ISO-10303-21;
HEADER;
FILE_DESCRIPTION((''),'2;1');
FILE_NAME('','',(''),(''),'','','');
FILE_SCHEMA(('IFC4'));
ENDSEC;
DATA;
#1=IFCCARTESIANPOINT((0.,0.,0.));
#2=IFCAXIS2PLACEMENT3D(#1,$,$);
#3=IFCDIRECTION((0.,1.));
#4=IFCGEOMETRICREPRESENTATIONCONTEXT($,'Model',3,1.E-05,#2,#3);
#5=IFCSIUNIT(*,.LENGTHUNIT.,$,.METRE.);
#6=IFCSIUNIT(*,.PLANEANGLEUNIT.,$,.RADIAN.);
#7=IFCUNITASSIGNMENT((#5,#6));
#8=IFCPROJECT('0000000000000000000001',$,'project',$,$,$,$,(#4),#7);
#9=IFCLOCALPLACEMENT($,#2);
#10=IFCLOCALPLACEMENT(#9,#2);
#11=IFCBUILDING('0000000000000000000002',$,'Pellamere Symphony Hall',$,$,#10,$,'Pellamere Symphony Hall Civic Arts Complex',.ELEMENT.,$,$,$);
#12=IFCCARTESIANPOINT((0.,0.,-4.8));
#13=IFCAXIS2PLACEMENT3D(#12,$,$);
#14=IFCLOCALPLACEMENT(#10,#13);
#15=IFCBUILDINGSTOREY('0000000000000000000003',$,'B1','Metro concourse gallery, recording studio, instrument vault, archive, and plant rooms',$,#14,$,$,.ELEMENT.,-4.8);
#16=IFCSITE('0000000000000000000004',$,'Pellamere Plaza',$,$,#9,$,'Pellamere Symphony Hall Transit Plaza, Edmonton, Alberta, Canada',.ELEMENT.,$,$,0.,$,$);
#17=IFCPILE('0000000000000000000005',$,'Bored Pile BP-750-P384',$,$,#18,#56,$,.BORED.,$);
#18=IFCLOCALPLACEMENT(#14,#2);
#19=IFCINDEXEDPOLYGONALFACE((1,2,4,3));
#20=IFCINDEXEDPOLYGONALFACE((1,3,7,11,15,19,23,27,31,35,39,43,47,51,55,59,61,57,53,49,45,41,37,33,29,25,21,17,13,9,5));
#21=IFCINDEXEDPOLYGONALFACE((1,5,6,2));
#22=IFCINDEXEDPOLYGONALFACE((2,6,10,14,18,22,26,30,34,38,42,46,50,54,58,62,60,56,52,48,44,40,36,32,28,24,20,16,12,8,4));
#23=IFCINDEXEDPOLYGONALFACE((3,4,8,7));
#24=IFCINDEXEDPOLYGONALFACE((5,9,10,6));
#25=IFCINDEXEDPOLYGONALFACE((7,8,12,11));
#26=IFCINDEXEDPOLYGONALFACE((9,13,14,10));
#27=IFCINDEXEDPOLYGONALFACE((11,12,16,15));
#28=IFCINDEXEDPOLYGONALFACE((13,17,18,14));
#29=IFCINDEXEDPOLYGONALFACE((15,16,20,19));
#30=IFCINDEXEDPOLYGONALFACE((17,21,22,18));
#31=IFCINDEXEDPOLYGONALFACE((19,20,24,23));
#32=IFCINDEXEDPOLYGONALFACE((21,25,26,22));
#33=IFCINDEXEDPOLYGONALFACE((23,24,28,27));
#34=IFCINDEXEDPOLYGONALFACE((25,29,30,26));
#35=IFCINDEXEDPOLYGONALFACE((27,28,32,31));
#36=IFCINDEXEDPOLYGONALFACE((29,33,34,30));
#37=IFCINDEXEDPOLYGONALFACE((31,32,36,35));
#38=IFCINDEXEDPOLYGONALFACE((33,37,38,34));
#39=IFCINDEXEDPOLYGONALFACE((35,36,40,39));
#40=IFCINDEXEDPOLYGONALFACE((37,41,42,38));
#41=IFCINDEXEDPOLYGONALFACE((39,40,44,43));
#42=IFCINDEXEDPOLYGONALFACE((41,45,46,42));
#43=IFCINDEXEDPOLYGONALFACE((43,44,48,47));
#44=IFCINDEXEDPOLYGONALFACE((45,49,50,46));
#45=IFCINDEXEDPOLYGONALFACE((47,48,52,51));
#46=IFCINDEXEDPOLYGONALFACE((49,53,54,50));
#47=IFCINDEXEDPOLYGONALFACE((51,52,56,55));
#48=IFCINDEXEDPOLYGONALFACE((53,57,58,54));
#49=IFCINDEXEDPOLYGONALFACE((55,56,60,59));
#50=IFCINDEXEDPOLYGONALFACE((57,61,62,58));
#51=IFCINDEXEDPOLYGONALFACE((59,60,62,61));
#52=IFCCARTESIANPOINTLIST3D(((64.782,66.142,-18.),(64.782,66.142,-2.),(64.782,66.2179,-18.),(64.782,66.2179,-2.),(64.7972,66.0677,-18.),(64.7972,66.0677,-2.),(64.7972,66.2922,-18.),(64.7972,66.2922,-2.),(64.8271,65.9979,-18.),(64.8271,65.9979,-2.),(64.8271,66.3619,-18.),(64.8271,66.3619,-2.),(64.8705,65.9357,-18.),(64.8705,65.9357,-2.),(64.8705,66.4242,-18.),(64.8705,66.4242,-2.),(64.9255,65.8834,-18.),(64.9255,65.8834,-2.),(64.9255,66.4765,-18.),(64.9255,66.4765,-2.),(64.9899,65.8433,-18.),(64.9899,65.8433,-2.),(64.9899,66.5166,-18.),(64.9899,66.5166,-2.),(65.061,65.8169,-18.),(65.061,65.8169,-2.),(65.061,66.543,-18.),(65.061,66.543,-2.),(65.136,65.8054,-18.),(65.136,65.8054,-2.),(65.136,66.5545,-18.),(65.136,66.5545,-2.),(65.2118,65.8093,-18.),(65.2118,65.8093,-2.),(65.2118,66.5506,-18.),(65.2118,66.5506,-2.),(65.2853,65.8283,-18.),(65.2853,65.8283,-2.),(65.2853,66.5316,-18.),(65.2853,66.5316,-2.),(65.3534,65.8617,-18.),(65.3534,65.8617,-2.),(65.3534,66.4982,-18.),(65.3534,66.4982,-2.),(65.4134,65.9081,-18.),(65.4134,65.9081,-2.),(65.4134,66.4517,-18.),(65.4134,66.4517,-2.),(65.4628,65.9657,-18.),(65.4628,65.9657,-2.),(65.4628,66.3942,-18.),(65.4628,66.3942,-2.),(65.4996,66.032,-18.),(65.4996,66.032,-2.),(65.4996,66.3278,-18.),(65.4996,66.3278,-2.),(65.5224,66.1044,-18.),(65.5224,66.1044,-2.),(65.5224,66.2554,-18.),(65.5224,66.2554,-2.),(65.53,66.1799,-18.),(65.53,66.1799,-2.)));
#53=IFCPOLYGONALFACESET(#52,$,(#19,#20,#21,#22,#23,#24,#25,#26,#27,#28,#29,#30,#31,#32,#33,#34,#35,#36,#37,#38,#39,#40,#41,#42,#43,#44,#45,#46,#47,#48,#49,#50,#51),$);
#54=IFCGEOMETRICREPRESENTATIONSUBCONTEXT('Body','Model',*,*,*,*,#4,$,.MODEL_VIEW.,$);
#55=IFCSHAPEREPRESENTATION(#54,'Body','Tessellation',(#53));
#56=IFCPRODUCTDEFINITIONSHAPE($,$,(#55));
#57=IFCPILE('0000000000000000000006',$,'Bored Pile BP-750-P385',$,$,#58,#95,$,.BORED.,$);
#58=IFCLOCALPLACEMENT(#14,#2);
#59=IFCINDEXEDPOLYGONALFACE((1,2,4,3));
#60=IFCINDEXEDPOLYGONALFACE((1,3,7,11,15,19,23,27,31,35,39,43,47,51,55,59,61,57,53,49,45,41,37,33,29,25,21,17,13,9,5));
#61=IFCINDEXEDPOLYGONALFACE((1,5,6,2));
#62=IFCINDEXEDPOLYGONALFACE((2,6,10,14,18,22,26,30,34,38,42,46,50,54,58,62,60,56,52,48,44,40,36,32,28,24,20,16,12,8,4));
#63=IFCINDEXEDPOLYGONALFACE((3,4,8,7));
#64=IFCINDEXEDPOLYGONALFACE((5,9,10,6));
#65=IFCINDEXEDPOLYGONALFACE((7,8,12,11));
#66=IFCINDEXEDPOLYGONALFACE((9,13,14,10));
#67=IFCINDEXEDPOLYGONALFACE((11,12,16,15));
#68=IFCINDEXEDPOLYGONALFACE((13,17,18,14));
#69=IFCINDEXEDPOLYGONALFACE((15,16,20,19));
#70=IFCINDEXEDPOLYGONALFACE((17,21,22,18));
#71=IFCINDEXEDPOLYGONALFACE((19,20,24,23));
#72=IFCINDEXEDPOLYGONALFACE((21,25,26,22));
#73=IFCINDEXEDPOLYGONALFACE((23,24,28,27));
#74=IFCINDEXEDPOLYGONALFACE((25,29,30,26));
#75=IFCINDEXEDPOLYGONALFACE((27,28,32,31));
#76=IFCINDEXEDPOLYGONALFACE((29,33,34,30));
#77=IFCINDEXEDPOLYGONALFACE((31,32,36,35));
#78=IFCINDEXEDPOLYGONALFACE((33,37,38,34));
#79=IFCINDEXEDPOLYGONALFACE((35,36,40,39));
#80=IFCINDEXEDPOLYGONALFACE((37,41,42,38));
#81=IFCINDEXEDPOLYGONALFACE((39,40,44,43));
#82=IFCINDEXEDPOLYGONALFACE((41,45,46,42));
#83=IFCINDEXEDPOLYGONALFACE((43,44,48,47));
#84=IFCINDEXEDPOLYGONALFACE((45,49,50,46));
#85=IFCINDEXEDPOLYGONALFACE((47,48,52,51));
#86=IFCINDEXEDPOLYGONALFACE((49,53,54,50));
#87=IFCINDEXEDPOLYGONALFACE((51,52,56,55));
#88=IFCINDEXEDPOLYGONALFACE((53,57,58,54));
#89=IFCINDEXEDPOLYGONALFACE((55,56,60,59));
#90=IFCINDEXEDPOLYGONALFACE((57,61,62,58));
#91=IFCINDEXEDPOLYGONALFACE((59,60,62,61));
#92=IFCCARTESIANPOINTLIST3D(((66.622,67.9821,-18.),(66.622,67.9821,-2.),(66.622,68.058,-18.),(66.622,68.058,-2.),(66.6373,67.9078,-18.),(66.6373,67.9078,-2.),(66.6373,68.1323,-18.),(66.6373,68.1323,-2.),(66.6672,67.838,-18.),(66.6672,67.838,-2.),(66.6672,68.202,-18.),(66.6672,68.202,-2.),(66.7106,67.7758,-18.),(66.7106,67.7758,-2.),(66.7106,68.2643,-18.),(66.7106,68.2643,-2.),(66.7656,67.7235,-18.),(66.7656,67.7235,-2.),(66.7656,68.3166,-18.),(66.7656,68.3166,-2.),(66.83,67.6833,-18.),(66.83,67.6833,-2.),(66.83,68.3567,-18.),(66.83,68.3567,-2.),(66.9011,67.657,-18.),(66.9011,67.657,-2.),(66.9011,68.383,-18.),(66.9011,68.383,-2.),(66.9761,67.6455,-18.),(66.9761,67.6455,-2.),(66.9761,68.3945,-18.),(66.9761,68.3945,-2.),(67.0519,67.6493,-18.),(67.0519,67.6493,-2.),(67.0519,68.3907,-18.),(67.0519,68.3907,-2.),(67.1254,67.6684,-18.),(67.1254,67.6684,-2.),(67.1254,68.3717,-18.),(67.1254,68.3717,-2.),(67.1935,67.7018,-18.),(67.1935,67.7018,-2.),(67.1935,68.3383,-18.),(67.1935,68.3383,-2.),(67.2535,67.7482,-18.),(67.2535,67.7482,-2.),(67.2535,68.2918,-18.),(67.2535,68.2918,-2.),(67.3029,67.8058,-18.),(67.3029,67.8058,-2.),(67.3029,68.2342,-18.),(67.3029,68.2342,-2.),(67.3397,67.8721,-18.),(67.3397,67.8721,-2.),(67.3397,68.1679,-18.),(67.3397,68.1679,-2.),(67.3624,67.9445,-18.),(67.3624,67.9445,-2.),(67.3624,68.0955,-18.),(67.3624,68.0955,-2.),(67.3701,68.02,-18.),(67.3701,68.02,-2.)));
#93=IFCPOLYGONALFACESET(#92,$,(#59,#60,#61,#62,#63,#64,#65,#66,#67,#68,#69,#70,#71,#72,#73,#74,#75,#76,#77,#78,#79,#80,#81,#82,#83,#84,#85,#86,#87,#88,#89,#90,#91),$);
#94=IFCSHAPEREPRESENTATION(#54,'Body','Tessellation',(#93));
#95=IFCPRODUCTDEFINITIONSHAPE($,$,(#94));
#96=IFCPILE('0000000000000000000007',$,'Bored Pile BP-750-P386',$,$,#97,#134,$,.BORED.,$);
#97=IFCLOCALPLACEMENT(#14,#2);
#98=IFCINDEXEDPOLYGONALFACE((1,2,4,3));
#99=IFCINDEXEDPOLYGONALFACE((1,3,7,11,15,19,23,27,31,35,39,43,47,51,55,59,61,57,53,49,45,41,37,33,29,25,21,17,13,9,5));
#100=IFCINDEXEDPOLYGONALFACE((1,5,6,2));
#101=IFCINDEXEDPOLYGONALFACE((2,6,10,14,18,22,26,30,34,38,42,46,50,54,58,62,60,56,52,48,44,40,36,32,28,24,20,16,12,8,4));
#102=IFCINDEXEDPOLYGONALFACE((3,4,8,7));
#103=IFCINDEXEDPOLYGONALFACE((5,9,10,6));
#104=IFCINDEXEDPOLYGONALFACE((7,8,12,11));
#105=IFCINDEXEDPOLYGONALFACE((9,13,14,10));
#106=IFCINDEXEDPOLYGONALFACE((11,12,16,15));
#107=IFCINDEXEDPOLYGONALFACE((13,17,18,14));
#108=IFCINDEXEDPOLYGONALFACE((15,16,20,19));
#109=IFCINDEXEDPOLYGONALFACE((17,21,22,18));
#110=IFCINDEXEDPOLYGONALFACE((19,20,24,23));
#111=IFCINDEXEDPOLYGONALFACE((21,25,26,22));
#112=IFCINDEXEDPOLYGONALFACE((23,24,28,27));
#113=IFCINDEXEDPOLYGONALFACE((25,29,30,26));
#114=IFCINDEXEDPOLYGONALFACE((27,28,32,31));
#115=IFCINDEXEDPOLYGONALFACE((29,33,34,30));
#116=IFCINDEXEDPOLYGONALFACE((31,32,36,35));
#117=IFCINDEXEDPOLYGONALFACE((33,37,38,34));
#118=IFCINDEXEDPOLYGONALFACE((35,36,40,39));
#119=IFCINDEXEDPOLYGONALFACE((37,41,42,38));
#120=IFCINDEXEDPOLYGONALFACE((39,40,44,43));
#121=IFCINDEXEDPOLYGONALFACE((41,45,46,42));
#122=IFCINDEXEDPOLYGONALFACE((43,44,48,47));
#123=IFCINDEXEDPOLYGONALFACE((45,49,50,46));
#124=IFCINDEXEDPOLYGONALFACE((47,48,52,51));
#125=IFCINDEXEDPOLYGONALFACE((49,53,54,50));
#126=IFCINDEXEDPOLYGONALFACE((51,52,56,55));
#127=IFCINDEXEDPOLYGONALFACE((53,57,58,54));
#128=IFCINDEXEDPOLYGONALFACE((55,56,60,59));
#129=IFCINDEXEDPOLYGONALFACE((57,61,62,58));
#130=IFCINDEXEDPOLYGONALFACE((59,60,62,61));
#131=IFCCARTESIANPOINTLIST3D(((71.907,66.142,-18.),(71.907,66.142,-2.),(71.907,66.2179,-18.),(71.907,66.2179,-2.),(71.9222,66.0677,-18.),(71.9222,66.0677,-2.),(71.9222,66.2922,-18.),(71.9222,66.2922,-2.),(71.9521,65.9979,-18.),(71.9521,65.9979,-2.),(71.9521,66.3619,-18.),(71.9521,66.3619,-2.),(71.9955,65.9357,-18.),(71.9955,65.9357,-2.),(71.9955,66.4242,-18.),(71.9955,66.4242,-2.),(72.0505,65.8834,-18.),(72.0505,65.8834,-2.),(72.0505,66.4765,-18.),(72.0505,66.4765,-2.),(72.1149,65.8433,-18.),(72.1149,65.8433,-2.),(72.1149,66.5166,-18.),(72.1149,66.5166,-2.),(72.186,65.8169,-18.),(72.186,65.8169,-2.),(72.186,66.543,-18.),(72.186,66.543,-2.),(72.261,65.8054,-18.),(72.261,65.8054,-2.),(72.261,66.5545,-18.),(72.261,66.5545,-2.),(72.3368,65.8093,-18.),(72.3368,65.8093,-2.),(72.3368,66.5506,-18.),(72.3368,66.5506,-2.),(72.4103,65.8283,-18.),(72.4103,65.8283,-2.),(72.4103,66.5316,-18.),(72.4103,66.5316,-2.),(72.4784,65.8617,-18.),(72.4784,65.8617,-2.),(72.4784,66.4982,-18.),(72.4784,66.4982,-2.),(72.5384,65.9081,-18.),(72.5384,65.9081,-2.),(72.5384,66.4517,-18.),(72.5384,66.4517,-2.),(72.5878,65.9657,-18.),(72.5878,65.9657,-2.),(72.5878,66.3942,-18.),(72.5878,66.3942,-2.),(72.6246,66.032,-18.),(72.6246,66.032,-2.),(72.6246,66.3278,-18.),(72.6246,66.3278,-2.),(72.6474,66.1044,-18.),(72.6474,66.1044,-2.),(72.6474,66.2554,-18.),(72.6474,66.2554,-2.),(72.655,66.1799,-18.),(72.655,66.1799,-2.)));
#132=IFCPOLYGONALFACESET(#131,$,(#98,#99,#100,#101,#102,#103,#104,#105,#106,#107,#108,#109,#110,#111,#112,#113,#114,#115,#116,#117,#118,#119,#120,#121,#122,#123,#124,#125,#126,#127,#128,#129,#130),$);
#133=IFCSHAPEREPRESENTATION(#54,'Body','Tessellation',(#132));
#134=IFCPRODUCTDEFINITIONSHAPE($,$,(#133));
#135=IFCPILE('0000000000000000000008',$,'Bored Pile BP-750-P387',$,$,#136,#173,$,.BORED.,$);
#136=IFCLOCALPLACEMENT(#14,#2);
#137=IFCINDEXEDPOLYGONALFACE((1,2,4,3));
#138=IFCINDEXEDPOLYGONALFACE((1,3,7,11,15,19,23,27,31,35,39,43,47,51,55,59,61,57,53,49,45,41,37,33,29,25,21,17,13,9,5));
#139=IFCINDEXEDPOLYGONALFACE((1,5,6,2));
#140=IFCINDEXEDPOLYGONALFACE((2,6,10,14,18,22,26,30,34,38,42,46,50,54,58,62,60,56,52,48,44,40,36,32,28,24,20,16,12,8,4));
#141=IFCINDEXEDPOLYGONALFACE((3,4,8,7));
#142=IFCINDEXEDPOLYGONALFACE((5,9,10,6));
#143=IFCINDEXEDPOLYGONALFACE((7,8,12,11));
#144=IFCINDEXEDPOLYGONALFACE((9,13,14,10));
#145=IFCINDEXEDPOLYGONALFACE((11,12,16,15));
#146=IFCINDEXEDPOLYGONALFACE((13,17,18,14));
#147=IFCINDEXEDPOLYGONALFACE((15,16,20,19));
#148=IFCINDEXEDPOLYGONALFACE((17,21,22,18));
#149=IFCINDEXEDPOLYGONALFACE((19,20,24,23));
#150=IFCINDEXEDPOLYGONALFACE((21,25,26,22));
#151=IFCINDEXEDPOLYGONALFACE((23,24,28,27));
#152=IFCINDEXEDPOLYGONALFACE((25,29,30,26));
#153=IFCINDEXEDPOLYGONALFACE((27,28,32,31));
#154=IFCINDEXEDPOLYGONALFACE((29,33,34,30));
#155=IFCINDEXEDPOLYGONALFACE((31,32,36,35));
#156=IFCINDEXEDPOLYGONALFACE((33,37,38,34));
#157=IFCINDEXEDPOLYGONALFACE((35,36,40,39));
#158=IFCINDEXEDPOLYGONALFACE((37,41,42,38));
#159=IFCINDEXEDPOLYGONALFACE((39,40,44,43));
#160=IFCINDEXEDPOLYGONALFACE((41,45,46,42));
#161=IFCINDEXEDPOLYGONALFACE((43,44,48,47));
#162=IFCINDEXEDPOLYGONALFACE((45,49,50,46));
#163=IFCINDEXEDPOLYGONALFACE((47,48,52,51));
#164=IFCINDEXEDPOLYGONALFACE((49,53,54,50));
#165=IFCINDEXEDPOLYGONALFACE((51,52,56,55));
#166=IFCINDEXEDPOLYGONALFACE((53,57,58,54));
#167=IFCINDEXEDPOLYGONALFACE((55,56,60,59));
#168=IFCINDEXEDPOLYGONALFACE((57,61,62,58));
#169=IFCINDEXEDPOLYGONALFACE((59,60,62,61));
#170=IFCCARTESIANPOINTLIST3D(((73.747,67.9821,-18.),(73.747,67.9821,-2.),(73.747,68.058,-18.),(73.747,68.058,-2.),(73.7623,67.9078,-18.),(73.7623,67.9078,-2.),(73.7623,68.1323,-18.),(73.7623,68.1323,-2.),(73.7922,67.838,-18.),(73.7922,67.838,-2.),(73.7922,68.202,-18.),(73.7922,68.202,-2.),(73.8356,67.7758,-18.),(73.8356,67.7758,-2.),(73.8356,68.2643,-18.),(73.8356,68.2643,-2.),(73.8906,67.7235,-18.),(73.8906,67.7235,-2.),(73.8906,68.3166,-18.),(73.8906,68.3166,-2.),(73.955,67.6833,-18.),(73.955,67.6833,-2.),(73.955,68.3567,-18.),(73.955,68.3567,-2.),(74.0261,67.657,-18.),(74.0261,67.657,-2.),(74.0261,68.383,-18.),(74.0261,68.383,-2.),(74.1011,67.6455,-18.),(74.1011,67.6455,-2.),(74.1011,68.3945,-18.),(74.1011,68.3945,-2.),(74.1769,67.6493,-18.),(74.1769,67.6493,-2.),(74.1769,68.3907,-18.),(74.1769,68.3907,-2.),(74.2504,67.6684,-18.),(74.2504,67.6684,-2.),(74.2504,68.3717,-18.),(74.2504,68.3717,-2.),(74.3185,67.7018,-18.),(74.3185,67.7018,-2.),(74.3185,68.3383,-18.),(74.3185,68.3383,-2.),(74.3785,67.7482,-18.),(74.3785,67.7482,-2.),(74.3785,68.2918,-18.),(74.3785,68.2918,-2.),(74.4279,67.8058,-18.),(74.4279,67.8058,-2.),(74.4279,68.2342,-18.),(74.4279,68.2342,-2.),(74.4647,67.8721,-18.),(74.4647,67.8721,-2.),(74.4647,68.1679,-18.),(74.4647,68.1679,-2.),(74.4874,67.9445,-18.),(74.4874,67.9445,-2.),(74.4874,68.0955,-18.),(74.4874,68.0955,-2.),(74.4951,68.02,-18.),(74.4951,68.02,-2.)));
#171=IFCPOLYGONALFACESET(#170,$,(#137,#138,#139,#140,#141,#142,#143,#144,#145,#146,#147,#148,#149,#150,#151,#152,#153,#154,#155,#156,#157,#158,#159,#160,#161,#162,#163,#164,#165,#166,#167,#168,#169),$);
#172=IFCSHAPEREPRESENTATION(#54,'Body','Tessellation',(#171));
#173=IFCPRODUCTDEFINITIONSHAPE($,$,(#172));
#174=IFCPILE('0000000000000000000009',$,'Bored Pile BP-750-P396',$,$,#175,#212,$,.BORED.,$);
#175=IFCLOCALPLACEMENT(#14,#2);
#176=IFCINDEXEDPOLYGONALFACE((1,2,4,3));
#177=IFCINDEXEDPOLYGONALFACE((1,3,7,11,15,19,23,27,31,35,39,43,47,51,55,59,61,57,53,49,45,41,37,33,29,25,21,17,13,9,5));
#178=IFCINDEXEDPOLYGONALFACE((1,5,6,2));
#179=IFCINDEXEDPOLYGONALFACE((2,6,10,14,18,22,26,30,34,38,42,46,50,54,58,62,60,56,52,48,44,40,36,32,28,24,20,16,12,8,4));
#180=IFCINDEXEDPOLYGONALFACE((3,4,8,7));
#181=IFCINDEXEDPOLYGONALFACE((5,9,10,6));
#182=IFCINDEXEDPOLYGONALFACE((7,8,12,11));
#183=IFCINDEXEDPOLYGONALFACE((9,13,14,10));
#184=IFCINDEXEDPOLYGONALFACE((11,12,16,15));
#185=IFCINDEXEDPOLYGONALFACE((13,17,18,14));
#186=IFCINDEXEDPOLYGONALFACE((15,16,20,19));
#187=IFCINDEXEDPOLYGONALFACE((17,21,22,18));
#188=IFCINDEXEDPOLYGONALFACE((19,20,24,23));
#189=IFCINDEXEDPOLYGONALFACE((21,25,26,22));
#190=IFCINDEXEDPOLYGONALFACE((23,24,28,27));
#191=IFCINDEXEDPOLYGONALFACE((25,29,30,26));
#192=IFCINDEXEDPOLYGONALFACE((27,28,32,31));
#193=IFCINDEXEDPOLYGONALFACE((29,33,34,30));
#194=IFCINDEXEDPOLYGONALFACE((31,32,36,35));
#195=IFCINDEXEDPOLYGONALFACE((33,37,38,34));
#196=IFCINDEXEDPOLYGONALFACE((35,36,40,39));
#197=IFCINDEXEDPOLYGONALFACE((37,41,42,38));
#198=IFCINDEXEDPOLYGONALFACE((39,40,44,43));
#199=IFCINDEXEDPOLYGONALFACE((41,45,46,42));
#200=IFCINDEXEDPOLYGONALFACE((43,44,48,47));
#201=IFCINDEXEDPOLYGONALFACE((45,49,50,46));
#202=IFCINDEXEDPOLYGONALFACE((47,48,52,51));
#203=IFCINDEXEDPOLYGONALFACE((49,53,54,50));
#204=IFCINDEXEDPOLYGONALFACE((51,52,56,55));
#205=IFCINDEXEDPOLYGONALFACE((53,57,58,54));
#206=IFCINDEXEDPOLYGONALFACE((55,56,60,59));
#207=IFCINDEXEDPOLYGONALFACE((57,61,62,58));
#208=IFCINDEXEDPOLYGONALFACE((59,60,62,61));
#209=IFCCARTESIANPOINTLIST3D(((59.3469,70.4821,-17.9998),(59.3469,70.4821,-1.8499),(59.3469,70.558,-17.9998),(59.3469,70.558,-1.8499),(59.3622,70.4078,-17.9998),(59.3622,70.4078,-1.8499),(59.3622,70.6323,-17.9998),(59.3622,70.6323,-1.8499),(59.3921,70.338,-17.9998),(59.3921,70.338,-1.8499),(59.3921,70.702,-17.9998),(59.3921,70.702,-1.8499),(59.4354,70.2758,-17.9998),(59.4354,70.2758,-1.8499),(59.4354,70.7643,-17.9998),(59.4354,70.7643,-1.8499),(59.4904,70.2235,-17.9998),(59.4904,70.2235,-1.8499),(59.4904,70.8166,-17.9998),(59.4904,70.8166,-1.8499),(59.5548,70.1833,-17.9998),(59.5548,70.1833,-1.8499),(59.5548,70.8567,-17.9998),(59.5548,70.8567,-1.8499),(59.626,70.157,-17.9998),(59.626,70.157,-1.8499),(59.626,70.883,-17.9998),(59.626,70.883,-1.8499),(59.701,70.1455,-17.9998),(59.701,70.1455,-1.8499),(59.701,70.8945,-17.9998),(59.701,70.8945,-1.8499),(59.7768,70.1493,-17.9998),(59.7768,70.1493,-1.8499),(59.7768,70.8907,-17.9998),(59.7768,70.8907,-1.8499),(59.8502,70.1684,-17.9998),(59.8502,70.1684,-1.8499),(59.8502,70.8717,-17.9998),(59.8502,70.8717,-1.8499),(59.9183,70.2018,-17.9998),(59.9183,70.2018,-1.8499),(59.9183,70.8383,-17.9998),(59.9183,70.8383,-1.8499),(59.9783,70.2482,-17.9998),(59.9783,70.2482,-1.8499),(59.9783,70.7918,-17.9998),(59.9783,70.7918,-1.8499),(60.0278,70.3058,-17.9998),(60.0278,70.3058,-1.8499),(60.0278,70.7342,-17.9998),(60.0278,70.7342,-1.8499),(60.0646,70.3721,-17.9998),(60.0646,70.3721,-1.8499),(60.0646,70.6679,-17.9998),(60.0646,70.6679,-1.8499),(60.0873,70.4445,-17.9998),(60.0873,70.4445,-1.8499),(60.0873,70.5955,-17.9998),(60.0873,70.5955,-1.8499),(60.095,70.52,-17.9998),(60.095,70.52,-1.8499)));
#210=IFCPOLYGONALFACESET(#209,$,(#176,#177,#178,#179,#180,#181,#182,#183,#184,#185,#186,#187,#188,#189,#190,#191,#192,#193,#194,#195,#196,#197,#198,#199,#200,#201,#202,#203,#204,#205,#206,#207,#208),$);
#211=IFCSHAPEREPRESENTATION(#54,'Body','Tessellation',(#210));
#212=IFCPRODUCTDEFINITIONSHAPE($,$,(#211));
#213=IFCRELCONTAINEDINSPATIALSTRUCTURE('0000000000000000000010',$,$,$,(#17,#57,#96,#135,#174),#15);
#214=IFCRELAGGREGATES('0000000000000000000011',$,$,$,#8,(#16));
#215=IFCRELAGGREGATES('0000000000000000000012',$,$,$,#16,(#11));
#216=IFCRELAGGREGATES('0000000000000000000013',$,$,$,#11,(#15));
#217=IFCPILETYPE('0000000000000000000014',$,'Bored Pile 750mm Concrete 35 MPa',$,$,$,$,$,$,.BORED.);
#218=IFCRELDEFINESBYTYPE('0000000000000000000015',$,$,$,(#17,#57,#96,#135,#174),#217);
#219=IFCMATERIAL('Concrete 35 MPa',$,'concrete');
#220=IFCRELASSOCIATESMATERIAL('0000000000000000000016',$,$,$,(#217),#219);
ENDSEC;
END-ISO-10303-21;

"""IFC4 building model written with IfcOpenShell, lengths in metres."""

from ifc_helpers import new_model, si_unit, direction, frame, origin, origin_2d, place, context, subcontext, project, spatial, circle, extrude, material, material_profile, profile_set, type_object, element, save


model = new_model("IFC4")

# Units and contexts
model_context = context("Model", 3, precision=1e-05, world=origin(), true_north=direction((0.0, 1.0)))
body_context = subcontext(model_context, "Body", "Model", "MODEL_VIEW")
ifc_project = project(units=[si_unit("LENGTHUNIT", "METRE"), si_unit("PLANEANGLEUNIT", "RADIAN")], contexts=[model_context])

# Site, building, storey
site_placement = place(None, origin())
site = spatial("IfcSite", under=ifc_project, at=site_placement, Name="Pellamere Plaza", LongName="Pellamere Symphony Hall Transit Plaza, Edmonton, Alberta, Canada", CompositionType="ELEMENT", RefElevation=0.0)
building_placement = place(site_placement, origin())
building = spatial("IfcBuilding", under=site, at=building_placement, Name="Pellamere Symphony Hall", LongName="Pellamere Symphony Hall Civic Arts Complex", CompositionType="ELEMENT")
storey_placement = place(building_placement, frame((0.0, 0.0, -4.8)))
storey = spatial("IfcBuildingStorey", under=building, at=storey_placement, Name="B1", Description="Metro concourse gallery, recording studio, instrument vault, archive, and plant rooms", CompositionType="ELEMENT", Elevation=-4.8)

# Piles
ifc_material_1 = material(Name="Concrete 35 MPa", Category="concrete")
ifc_material_profile_1 = material_profile(ifc_material_1, circle(Radius=0.375, at=origin_2d()), Name="PILE D750")
ifc_profile_set_1 = profile_set([ifc_material_profile_1], Name="Concrete 35 MPa")
pile_type = type_object("IfcPileType", Name="Bored Pile 750mm Concrete 35 MPa", PredefinedType="BORED", material=ifc_profile_set_1)
for number, where, z_axis, x_axis, name in (
    (1, (65.155, 66.1799, -2.0), (0.0, 0.0, -1.0), (1.0, 0.0, 0.0), "Bored Pile BP-750-P384"),
    (2, (66.9951, 68.02, -2.0), (0.0, 0.0, -1.0), (1.0, 0.0, 0.0), "Bored Pile BP-750-P385"),
    (3, (72.28, 66.1799, -2.0), (0.0, 0.0, -1.0), (1.0, 0.0, 0.0), "Bored Pile BP-750-P386"),
    (4, (74.1201, 68.02, -2.0), (0.0, 0.0, -1.0), (1.0, 0.0, 0.0), "Bored Pile BP-750-P387"),
):
    element("IfcPile", number, at=place(storey_placement, frame(where, z_axis=z_axis, x_axis=x_axis)), inside=storey, type_object=pile_type, Name=name, PredefinedType="BORED", context=body_context, shape_type="SweptSolid", body=[
        extrude(circle(Radius=0.375, at=origin_2d()), origin(), (0.0, 0.0, 1.0), 16.0),
    ])
pile_1_placement = place(storey_placement, frame((59.72, 70.52, -1.8499), z_axis=(0.0, 0.0, -1.0), x_axis=(1.0, 0.0, 0.0)))
element("IfcPile", 5, at=pile_1_placement, inside=storey, type_object=pile_type, Name="Bored Pile BP-750-P396", PredefinedType="BORED", context=body_context, shape_type="SweptSolid", body=[
    extrude(circle(Radius=0.375, at=origin_2d()), origin(), (0.0, 0.0, 1.0), 16.1499),
])

save(model, "model.ifc")
